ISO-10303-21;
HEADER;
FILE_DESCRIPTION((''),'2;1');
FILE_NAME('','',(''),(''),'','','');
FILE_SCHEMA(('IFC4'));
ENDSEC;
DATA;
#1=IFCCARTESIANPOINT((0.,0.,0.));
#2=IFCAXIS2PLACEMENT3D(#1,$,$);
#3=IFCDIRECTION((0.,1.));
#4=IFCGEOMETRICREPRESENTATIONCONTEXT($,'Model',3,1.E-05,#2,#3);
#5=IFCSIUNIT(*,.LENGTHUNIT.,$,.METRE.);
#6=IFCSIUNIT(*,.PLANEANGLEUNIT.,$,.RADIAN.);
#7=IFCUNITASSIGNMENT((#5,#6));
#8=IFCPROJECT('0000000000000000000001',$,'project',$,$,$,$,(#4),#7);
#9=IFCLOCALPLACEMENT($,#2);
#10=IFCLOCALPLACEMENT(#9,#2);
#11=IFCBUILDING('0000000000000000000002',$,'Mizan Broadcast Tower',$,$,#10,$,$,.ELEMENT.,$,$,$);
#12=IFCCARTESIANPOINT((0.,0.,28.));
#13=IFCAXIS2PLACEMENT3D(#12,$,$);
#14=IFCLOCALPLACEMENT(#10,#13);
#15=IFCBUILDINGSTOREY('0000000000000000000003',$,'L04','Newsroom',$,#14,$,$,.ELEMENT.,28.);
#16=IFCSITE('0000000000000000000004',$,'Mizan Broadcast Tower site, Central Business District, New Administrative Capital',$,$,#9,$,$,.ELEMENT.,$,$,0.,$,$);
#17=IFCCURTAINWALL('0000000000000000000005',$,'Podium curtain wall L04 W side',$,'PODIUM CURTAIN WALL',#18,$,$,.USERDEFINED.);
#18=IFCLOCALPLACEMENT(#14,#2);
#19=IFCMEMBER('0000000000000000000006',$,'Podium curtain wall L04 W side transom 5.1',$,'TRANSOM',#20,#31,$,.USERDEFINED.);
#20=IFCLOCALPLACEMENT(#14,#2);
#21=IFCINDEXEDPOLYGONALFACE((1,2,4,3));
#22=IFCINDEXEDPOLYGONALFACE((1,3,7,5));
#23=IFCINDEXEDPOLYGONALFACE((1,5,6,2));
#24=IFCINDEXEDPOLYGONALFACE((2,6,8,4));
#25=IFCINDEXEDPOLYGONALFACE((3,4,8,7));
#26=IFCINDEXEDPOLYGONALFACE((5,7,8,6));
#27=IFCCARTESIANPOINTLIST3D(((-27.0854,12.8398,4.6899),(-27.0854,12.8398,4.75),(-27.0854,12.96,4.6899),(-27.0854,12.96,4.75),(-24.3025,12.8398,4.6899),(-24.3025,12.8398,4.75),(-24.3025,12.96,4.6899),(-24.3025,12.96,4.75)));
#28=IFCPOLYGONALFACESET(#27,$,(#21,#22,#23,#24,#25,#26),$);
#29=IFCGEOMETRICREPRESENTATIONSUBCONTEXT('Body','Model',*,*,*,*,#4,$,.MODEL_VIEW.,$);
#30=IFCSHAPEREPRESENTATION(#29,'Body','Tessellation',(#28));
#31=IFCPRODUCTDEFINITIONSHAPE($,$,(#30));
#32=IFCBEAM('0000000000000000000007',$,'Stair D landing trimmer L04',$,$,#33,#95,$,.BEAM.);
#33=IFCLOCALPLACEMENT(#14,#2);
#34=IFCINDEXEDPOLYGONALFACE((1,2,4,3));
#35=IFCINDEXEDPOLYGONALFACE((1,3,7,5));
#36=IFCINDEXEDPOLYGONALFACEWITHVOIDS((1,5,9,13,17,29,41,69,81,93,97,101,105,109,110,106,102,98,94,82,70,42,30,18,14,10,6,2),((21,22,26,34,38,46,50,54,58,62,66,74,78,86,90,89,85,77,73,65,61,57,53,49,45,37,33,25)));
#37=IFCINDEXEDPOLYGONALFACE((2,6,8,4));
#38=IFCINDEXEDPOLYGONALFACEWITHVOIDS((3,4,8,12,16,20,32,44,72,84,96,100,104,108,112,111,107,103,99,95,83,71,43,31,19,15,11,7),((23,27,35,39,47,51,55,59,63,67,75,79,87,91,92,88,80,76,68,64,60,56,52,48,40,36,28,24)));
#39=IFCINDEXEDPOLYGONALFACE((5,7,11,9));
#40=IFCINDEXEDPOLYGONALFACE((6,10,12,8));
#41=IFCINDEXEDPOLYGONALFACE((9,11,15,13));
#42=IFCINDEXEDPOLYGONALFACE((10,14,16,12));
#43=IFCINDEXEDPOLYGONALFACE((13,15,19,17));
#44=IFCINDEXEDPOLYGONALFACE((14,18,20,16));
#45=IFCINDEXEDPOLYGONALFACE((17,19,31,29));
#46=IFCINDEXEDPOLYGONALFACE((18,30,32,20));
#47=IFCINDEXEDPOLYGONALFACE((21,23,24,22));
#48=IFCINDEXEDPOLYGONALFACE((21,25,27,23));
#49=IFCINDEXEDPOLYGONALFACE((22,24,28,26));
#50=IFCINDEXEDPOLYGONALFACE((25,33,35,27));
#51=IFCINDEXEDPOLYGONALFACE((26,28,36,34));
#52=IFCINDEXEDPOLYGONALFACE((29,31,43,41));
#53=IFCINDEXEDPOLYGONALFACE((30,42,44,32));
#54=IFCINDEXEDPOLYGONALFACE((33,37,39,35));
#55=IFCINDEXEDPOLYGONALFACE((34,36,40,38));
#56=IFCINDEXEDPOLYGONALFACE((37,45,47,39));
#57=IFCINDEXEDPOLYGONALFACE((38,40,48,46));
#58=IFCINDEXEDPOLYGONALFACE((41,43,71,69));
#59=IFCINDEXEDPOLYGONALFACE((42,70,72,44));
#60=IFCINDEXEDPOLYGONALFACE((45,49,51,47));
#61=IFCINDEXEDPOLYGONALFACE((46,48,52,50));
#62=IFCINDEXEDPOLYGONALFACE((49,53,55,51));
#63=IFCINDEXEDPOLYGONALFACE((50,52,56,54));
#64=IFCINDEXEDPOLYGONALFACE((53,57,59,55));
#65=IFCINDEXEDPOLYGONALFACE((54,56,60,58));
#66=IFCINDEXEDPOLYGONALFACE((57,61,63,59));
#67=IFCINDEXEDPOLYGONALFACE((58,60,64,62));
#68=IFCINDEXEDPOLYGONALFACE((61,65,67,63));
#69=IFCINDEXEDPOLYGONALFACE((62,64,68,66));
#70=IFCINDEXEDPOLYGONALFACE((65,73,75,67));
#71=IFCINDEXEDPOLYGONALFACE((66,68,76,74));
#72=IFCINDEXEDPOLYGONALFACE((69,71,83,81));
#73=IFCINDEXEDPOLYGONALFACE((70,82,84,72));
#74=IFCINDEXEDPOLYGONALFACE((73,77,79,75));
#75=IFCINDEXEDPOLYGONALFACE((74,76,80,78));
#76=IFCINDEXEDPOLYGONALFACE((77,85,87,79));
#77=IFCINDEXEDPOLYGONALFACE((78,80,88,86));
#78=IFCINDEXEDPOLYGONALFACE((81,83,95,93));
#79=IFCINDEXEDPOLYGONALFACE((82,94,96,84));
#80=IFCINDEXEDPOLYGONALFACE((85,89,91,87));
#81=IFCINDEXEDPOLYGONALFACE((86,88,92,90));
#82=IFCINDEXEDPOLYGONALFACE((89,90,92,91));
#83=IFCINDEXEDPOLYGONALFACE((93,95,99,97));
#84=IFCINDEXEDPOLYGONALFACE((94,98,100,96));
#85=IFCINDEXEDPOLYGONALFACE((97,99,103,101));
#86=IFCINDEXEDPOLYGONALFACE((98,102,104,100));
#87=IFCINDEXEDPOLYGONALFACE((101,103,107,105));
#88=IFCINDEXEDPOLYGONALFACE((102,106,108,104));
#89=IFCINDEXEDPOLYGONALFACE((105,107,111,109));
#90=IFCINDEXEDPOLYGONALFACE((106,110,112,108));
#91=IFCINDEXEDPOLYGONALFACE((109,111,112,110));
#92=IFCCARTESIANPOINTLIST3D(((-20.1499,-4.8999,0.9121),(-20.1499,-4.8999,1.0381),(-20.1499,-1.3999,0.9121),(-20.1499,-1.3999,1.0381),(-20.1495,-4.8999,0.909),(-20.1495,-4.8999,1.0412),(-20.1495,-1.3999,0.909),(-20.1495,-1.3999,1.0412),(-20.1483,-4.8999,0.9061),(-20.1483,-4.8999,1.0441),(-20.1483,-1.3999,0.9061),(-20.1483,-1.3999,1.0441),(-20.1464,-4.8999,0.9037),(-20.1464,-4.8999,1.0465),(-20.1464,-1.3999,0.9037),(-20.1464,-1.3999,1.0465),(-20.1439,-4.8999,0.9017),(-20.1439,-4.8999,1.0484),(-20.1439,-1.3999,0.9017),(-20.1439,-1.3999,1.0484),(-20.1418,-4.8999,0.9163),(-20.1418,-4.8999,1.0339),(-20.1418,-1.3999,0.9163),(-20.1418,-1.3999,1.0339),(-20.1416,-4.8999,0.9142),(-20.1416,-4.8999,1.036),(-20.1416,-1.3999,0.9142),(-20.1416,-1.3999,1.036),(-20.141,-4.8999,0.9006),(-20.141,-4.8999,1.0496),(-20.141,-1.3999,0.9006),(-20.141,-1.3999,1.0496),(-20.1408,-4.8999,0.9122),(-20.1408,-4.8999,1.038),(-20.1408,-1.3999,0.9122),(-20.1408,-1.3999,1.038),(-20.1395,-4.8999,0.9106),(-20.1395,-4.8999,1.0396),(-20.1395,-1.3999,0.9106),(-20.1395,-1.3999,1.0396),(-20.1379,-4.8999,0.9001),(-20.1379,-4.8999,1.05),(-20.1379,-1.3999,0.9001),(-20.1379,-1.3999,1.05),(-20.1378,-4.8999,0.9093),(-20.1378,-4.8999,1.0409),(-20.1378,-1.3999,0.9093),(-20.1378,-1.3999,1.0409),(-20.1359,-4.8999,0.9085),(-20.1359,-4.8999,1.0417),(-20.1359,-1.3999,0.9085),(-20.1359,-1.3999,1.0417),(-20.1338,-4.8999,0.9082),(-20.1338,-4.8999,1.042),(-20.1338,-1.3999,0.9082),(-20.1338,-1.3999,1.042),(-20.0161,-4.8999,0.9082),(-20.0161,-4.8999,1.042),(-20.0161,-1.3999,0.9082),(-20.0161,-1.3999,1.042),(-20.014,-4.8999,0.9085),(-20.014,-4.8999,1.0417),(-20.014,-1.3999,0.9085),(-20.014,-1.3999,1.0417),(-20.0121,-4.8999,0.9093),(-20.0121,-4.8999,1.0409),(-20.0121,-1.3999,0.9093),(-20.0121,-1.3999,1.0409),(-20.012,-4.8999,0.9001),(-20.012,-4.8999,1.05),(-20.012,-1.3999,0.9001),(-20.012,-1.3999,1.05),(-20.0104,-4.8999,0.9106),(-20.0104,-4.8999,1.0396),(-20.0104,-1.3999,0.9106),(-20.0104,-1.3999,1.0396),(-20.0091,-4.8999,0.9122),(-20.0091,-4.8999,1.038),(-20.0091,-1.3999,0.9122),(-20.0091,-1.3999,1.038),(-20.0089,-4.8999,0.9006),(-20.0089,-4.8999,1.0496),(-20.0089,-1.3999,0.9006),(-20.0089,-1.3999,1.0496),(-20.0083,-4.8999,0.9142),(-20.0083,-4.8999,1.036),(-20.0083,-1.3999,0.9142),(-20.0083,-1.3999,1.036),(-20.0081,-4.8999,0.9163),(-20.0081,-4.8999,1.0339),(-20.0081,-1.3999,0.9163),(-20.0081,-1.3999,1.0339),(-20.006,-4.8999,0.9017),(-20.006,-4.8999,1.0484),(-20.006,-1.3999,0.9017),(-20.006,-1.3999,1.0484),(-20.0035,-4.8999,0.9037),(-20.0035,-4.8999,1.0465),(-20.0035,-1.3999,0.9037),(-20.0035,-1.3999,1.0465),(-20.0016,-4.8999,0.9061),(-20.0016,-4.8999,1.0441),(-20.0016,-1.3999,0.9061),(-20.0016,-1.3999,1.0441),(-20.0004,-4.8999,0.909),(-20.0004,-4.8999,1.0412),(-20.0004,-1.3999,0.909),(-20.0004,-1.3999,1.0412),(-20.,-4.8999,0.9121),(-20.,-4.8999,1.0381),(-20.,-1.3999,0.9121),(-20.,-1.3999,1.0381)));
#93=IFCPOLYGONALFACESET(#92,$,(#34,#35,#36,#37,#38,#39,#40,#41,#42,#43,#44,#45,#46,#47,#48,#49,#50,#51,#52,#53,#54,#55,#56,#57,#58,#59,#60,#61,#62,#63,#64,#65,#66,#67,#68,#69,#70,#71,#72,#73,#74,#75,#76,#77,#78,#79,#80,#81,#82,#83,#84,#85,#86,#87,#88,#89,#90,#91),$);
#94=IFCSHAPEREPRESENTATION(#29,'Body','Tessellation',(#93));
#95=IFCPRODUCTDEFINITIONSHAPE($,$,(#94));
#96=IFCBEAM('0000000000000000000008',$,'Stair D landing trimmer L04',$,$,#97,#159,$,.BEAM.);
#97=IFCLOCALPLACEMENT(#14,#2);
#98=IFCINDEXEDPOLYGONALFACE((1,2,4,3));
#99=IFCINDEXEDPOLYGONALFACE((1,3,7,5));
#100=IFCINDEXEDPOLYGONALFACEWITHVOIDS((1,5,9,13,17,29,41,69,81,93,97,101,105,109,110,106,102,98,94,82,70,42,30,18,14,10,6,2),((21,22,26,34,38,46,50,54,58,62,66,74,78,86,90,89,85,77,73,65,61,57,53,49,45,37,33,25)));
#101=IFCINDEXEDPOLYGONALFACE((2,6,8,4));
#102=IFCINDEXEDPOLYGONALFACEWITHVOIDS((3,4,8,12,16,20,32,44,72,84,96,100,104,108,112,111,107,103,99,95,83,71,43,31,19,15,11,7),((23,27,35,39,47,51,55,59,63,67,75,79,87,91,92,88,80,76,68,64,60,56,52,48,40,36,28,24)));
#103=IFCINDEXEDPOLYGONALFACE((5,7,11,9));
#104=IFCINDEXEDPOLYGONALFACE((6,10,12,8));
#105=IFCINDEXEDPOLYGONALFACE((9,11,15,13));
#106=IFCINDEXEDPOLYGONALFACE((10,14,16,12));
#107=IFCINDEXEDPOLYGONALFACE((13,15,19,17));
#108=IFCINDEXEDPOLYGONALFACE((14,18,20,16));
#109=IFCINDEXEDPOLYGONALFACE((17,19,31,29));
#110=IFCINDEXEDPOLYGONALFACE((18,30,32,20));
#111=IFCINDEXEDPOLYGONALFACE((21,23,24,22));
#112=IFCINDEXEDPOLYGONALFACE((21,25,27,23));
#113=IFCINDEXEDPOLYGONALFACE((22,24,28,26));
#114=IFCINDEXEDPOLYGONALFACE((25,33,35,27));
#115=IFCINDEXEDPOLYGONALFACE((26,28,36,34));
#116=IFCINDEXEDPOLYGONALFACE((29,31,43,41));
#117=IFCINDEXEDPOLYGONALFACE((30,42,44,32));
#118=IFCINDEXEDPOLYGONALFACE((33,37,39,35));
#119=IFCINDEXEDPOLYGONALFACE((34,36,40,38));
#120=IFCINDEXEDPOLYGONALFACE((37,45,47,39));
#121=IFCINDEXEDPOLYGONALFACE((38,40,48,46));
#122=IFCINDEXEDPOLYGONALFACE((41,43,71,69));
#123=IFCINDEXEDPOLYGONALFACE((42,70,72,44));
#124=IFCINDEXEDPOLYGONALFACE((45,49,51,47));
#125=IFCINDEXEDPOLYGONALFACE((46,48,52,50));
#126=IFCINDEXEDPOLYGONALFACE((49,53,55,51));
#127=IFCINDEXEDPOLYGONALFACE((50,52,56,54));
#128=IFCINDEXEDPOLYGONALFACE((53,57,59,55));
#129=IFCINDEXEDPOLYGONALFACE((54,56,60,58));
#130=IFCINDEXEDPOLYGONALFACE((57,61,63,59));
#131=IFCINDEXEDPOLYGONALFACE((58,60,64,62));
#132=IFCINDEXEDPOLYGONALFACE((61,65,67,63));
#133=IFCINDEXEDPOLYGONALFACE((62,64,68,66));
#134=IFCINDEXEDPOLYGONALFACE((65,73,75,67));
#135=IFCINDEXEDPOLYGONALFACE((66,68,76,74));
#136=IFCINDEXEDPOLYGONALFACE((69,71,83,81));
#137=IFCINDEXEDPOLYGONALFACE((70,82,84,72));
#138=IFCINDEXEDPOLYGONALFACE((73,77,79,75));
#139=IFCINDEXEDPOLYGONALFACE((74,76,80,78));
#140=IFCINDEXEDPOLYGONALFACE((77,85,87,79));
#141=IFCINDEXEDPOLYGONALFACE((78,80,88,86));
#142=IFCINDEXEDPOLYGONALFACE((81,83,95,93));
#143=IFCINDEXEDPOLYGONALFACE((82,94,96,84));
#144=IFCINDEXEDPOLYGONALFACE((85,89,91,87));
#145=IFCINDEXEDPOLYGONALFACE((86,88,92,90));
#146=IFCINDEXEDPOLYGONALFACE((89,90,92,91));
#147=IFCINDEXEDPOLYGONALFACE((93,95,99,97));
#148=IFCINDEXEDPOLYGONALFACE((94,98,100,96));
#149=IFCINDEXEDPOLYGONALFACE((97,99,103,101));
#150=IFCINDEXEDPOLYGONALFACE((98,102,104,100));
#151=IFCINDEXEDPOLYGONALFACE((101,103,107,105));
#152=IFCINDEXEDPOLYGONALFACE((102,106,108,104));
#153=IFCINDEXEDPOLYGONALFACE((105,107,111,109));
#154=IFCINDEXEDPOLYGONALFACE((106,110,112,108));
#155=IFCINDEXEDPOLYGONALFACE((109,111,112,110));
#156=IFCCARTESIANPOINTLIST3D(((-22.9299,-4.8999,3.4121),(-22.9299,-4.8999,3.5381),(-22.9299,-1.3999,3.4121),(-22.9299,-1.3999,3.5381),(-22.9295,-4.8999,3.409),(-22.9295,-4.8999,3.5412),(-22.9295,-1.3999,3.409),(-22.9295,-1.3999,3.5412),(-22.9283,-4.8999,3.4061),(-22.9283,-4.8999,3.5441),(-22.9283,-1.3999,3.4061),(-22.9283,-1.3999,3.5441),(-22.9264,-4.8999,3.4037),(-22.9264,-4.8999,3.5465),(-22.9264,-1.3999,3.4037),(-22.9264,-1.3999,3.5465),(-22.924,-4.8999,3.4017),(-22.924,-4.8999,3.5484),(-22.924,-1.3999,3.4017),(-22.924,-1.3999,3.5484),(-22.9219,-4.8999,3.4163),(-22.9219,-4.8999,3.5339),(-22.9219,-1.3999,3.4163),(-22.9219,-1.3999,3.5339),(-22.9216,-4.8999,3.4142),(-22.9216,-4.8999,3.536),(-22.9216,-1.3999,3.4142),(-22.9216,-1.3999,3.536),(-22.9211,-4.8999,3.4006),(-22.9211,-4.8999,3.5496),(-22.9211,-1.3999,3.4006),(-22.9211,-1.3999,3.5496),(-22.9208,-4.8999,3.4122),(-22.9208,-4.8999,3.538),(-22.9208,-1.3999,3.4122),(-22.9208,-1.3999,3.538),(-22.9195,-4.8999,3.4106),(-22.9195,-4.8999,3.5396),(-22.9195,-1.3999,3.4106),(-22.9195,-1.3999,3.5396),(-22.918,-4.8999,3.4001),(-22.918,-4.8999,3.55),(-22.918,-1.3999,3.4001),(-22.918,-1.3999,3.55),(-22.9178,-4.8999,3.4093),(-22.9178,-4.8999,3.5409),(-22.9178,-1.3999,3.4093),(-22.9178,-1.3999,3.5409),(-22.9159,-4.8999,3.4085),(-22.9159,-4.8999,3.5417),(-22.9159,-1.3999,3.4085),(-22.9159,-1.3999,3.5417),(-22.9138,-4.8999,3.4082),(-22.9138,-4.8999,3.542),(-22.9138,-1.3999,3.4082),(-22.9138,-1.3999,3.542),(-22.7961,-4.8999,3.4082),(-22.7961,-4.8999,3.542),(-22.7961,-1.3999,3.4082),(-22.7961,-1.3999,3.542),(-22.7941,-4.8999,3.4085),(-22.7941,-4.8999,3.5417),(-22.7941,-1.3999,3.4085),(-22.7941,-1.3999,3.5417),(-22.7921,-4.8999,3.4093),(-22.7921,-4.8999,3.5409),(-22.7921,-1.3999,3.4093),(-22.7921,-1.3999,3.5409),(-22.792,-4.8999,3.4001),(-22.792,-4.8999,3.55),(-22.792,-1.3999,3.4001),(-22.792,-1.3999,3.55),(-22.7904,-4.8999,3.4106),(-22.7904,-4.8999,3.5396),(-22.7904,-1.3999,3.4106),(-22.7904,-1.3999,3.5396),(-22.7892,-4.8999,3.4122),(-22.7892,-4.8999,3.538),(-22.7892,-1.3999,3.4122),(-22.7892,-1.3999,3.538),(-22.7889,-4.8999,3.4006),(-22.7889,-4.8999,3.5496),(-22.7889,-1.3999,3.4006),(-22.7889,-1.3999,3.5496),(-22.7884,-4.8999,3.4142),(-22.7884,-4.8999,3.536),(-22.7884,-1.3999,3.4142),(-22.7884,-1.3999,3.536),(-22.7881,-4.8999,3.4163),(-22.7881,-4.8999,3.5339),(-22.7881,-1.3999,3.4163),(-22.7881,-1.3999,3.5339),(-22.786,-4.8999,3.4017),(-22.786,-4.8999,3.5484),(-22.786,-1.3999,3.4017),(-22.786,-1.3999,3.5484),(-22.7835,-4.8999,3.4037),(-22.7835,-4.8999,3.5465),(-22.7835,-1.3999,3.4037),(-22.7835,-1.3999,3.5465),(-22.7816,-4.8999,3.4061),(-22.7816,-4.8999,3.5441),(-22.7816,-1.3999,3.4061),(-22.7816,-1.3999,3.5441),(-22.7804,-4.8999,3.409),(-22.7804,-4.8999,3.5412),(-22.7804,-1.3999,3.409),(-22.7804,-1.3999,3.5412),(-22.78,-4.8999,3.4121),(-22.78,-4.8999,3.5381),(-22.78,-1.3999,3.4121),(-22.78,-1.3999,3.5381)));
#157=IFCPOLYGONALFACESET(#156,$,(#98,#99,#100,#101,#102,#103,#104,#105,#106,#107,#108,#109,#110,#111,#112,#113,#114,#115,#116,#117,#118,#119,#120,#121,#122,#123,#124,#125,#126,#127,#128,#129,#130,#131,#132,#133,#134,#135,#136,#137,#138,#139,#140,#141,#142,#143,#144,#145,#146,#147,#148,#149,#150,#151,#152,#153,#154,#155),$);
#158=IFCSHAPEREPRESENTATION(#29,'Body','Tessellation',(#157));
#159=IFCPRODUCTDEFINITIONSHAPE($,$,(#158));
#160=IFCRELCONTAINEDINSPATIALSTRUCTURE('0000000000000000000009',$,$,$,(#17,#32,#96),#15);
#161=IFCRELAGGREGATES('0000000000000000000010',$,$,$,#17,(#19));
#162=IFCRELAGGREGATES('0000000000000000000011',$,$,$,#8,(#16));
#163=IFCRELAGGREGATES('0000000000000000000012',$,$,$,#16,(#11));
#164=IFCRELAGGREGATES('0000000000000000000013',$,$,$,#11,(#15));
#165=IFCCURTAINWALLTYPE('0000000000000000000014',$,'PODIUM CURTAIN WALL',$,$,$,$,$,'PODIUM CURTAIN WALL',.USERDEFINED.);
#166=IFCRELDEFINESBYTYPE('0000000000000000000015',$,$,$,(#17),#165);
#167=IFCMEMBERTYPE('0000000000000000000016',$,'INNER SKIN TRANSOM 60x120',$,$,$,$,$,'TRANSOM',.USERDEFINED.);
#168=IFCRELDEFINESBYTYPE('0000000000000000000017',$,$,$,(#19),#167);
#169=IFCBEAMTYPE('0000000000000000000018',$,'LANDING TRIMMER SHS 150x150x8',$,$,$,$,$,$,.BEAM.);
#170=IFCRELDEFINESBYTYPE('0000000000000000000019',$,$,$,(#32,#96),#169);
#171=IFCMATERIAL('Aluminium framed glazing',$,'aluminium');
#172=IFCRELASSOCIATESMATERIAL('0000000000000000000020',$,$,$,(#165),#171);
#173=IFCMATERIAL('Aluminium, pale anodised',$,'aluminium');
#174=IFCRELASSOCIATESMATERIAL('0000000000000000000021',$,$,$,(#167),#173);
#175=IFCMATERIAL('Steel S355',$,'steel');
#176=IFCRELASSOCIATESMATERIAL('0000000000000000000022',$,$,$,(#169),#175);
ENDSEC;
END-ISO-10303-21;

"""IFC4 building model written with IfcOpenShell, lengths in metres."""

from ifc_helpers import new_model, si_unit, direction, frame, origin, origin_2d, place, context, subcontext, project, spatial, rectangle, hollow_rectangle, extrude, material, material_profile, profile_set, type_object, element, aggregate, save


model = new_model("IFC4")

# Units and contexts
model_context = context("Model", 3, precision=1e-05, world=origin(), true_north=direction((0.0, 1.0)))
body_context = subcontext(model_context, "Body", "Model", "MODEL_VIEW")
ifc_project = project(units=[si_unit("LENGTHUNIT", "METRE"), si_unit("PLANEANGLEUNIT", "RADIAN")], contexts=[model_context])

# Site, building, storey
site_placement = place(None, origin())
site = spatial("IfcSite", under=ifc_project, at=site_placement, Name="Mizan Broadcast Tower site, Central Business District, New Administrative Capital", CompositionType="ELEMENT", RefElevation=0.0)
building_placement = place(site_placement, origin())
building = spatial("IfcBuilding", under=site, at=building_placement, Name="Mizan Broadcast Tower", CompositionType="ELEMENT")
storey_placement = place(building_placement, frame((0.0, 0.0, 28.0)))
storey = spatial("IfcBuildingStorey", under=building, at=storey_placement, Name="L04", Description="Newsroom", CompositionType="ELEMENT", Elevation=28.0)

# Curtain wall, member
ifc_material_1 = material(Name="Aluminium framed glazing", Category="aluminium")
curtain_wall_type = type_object("IfcCurtainWallType", Name="PODIUM CURTAIN WALL", ElementType="PODIUM CURTAIN WALL", PredefinedType="USERDEFINED", material=ifc_material_1)
curtain_wall_placement = place(storey_placement, origin())
curtain_wall = element("IfcCurtainWall", 1, at=curtain_wall_placement, inside=storey, type_object=curtain_wall_type, Name="Podium curtain wall L04 W side", ObjectType="PODIUM CURTAIN WALL", PredefinedType="USERDEFINED")
ifc_material_2 = material(Name="Aluminium, pale anodised", Category="aluminium")
ifc_material_profile_1 = material_profile(ifc_material_2, rectangle(XDim=0.1201, YDim=0.0601, at=origin_2d()), Name="TRANSOM 120x60")
ifc_profile_set_1 = profile_set([ifc_material_profile_1], Name="Aluminium, pale anodised")
member_type_1 = type_object("IfcMemberType", Name="INNER SKIN TRANSOM 60x120", ElementType="TRANSOM", PredefinedType="USERDEFINED", material=ifc_profile_set_1)
member_1_placement = place(storey_placement, frame((-24.3025, 12.8999, 4.72), z_axis=(-1.0, 0.0, 0.0), x_axis=(0.0, -1.0, 0.0)))
member_1 = element("IfcMember", 2, at=member_1_placement, type_object=member_type_1, Name="Podium curtain wall L04 W side transom 5.1", ObjectType="TRANSOM", PredefinedType="USERDEFINED", context=body_context, shape_type="SweptSolid", body=[
    extrude(rectangle(XDim=0.1201, YDim=0.0601, at=origin_2d()), origin(), (0.0, 0.0, 1.0), 2.783),
])

# Beams
ifc_material_3 = material(Name="Steel S355", Category="steel")
ifc_material_profile_2 = material_profile(ifc_material_3, hollow_rectangle(XDim=0.1499, YDim=0.1499, WallThickness=0.0081, InnerFilletRadius=0.0081, OuterFilletRadius=0.012, at=origin_2d()), Name="SHS 150x150x8")
ifc_profile_set_2 = profile_set([ifc_material_profile_2], Name="Steel S355")
beam_type_1 = type_object("IfcBeamType", Name="LANDING TRIMMER SHS 150x150x8", PredefinedType="BEAM", material=ifc_profile_set_2)
for number, where, z_axis, x_axis, name in (
    (3, (-20.075, -1.3999, 0.9751), (0.0, -1.0, 0.0), (1.0, 0.0, 0.0), "Stair D landing trimmer L04"),
    (4, (-22.855, -1.3999, 3.4751), (0.0, -1.0, 0.0), (1.0, 0.0, 0.0), "Stair D landing trimmer L04"),
):
    element("IfcBeam", number, at=place(storey_placement, frame(where, z_axis=z_axis, x_axis=x_axis)), inside=storey, type_object=beam_type_1, Name=name, PredefinedType="BEAM", context=body_context, shape_type="SweptSolid", body=[
        extrude(hollow_rectangle(XDim=0.1499, YDim=0.1499, WallThickness=0.0081, InnerFilletRadius=0.0081, OuterFilletRadius=0.012, at=origin_2d()), origin(), (0.0, 0.0, 1.0), 3.5),
    ])

aggregate(curtain_wall, [member_1])

save(model, "model.ifc")
